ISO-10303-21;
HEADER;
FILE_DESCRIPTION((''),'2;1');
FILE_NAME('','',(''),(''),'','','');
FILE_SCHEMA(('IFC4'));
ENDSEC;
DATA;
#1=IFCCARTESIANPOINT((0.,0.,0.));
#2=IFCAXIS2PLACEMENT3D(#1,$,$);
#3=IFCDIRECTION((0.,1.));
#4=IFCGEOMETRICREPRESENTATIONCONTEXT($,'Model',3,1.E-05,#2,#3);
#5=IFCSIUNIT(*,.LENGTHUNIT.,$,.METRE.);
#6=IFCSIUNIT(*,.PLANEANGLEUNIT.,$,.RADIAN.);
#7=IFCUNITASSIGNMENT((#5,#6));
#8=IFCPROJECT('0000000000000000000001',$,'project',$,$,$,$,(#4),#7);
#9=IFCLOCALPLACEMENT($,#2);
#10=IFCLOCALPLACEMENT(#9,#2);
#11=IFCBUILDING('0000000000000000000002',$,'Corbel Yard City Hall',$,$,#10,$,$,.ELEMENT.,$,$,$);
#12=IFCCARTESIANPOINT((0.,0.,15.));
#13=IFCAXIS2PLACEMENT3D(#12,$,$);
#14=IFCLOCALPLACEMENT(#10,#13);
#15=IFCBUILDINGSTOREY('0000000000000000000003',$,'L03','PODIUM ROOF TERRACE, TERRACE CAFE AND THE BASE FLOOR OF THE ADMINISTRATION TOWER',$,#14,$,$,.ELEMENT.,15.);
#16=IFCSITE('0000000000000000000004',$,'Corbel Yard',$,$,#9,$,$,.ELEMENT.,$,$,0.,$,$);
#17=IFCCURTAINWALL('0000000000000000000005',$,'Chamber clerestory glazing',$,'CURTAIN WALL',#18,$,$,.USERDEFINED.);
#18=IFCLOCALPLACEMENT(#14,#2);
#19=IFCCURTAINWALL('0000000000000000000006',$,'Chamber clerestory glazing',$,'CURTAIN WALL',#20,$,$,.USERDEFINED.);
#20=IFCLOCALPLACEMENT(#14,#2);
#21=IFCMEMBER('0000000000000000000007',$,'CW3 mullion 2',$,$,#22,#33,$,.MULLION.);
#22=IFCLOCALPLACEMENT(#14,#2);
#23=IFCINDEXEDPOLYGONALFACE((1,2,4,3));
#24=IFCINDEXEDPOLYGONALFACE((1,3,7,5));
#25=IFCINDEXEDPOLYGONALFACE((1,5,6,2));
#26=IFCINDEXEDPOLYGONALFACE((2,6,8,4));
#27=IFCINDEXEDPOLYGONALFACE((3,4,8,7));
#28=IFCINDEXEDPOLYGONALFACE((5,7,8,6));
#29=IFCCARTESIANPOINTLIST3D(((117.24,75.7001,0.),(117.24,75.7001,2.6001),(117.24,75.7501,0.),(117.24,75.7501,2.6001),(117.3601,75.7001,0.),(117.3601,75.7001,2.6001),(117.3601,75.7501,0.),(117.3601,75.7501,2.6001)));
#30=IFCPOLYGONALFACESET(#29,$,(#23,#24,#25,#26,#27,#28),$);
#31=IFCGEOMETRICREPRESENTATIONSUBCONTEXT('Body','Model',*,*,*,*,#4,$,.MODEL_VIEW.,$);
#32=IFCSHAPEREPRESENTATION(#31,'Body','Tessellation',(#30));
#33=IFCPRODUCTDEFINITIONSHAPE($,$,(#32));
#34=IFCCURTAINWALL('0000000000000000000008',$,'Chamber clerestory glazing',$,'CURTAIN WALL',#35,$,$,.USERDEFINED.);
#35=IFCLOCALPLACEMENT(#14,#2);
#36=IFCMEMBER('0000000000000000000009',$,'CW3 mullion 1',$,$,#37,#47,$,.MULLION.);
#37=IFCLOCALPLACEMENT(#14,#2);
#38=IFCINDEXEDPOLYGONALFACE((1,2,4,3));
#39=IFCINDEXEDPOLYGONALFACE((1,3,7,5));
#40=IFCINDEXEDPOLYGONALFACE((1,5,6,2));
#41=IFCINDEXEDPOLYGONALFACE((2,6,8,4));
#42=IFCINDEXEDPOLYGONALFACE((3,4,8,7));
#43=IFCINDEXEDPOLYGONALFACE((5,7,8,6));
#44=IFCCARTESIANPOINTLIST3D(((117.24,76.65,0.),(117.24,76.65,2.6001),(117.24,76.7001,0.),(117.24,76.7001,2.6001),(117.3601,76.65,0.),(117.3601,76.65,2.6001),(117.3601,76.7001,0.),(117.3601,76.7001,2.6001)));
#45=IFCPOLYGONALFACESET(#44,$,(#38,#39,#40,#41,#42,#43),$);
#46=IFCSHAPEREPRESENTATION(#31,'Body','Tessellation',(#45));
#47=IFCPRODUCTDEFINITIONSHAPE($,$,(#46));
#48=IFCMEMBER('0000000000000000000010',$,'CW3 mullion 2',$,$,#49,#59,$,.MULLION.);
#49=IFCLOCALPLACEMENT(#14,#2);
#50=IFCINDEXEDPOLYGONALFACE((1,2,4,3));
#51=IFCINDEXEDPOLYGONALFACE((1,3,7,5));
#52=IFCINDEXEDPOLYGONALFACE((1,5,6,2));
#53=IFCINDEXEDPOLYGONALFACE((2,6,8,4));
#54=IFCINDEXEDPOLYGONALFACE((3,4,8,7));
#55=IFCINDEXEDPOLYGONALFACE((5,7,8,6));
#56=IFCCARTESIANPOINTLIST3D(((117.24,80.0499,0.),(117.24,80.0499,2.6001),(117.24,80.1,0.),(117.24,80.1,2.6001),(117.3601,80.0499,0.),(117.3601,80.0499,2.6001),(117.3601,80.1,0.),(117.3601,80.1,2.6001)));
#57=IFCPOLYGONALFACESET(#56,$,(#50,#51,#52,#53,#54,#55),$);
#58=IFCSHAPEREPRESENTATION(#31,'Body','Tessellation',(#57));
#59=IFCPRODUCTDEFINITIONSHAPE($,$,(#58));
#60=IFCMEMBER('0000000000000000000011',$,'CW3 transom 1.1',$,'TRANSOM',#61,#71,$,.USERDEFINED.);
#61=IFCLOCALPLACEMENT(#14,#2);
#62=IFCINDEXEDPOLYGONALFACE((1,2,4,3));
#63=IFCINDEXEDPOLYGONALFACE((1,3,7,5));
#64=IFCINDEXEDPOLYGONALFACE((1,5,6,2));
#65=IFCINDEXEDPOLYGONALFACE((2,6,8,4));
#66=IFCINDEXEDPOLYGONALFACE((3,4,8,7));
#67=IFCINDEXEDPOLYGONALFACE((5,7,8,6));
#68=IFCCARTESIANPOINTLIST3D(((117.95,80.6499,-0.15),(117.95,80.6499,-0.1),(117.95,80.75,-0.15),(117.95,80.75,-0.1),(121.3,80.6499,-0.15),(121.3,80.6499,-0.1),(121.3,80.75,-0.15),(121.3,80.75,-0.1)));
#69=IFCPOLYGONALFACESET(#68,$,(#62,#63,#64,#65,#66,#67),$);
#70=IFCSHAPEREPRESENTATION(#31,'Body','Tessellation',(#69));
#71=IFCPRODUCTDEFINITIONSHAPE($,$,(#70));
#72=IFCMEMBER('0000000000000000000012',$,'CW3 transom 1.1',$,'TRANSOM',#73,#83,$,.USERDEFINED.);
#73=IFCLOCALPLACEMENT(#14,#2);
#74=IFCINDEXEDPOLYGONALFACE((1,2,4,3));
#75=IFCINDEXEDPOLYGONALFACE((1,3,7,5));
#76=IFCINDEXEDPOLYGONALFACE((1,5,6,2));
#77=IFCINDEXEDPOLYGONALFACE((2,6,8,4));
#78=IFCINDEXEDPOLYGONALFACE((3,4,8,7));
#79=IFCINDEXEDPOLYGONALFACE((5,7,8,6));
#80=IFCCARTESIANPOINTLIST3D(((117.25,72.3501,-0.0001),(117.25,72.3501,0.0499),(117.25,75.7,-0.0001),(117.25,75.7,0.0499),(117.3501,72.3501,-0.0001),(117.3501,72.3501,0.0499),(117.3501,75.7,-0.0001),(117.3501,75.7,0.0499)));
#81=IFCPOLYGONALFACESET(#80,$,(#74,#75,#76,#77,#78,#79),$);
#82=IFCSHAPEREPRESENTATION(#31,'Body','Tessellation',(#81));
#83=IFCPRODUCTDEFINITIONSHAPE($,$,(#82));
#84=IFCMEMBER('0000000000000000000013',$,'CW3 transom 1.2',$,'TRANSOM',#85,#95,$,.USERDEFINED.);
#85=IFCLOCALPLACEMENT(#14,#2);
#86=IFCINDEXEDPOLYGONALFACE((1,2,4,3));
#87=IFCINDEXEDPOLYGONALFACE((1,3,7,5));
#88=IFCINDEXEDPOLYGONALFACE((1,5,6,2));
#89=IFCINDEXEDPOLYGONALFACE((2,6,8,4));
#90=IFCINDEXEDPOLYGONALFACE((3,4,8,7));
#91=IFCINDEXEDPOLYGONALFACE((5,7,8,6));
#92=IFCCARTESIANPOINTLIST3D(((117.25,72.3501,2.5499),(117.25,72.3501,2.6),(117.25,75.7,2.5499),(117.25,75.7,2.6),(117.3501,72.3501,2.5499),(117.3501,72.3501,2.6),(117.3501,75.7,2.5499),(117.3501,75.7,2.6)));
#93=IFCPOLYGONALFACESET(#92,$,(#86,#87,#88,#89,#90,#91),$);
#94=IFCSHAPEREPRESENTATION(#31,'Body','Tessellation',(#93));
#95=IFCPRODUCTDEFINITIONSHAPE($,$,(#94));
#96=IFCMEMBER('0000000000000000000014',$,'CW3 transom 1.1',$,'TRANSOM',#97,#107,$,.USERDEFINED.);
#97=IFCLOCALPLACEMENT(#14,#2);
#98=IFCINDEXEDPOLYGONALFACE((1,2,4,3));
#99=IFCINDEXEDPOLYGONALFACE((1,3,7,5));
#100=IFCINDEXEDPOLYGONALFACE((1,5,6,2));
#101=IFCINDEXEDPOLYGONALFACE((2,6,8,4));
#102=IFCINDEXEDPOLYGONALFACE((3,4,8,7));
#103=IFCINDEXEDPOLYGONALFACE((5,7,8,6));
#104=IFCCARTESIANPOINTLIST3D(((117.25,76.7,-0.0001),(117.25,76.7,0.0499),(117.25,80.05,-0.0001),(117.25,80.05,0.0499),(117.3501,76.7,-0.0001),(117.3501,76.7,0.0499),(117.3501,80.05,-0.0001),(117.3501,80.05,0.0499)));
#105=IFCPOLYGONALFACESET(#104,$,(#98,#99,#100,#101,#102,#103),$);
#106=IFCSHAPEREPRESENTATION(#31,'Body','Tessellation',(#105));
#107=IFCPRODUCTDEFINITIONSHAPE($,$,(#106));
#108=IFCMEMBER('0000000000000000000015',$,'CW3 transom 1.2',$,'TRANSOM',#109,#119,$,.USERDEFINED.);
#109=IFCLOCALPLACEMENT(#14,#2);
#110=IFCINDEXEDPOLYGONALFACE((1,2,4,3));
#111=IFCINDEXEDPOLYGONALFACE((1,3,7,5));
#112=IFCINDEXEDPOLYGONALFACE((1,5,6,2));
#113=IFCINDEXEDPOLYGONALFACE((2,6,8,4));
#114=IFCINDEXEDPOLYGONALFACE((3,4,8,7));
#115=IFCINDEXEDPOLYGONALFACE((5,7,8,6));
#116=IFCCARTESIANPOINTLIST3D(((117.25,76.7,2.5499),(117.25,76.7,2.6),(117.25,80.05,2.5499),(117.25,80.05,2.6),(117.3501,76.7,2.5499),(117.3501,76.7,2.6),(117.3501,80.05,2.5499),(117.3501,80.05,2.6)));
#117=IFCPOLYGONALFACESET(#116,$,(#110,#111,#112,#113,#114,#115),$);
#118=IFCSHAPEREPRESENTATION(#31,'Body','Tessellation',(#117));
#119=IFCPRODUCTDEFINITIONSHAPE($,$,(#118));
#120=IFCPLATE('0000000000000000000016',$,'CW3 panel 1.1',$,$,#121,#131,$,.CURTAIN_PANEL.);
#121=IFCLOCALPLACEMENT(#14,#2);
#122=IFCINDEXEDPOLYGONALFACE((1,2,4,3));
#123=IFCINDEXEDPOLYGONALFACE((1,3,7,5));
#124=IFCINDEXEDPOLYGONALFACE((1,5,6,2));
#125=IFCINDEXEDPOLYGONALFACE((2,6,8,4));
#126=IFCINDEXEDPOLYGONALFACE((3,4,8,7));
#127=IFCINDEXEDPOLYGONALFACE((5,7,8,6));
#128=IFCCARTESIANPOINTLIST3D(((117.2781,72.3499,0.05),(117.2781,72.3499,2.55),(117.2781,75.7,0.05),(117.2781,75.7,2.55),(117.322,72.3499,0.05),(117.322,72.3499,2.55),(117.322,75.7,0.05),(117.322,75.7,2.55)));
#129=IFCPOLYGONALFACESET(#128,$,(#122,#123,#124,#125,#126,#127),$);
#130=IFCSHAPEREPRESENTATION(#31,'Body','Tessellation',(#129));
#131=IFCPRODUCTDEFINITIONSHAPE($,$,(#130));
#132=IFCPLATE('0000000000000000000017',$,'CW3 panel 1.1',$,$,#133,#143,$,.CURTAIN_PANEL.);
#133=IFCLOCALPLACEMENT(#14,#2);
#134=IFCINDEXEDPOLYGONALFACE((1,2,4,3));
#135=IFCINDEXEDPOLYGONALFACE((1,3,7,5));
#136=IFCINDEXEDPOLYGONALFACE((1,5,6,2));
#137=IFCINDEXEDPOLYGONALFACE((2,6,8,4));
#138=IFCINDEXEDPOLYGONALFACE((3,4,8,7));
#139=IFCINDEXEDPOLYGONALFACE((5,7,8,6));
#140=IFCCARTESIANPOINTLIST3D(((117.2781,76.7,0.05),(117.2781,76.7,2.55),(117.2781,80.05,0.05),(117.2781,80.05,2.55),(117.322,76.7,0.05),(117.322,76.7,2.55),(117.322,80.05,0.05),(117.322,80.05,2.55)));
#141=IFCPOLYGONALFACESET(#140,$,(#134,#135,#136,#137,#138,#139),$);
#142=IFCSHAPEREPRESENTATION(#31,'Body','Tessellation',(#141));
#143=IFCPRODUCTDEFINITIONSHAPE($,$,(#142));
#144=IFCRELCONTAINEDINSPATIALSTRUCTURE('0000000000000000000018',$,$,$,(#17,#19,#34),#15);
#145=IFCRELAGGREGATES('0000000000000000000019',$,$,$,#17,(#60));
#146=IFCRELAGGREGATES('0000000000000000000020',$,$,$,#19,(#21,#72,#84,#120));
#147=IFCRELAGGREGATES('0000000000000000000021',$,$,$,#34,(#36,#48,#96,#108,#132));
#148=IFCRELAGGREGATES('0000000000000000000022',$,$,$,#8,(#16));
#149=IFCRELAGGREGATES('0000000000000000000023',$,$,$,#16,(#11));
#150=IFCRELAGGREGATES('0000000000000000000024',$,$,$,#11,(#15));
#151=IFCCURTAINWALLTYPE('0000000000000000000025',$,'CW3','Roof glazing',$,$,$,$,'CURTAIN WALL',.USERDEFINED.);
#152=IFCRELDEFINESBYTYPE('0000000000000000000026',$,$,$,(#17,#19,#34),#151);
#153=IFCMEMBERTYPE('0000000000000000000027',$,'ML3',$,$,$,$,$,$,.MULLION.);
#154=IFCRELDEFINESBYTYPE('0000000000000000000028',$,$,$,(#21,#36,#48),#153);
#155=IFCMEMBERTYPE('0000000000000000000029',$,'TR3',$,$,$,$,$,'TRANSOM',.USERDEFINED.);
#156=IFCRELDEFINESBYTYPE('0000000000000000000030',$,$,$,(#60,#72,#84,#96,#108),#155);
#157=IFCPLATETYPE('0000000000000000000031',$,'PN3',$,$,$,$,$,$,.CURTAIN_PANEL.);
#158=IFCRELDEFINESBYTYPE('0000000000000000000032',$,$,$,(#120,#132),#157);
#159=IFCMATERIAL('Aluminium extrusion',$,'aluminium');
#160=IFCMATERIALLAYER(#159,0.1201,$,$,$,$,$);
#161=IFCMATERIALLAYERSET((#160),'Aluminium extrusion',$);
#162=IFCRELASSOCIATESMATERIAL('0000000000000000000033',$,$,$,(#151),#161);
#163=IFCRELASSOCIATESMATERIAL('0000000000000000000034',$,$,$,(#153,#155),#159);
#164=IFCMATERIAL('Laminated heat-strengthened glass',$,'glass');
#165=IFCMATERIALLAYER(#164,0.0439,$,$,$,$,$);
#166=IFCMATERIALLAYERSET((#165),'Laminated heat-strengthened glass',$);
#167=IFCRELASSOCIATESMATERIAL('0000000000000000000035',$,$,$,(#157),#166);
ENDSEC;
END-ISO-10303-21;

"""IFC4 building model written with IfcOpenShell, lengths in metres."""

from ifc_helpers import new_model, si_unit, direction, frame, origin, origin_2d, place, context, subcontext, project, spatial, rectangle, extrude, material, layer, layer_set, material_profile, profile_set, type_object, element, aggregate, save


model = new_model("IFC4")

# Units and contexts
model_context = context("Model", 3, precision=1e-05, world=origin(), true_north=direction((0.0, 1.0)))
body_context = subcontext(model_context, "Body", "Model", "MODEL_VIEW")
ifc_project = project(units=[si_unit("LENGTHUNIT", "METRE"), si_unit("PLANEANGLEUNIT", "RADIAN")], contexts=[model_context])

# Site, building, storey
site_placement = place(None, origin())
site = spatial("IfcSite", under=ifc_project, at=site_placement, Name="Corbel Yard", CompositionType="ELEMENT", RefElevation=0.0)
building_placement = place(site_placement, origin())
building = spatial("IfcBuilding", under=site, at=building_placement, Name="Corbel Yard City Hall", CompositionType="ELEMENT")
storey_placement = place(building_placement, frame((0.0, 0.0, 15.0)))
storey = spatial("IfcBuildingStorey", under=building, at=storey_placement, Name="L03", Description="PODIUM ROOF TERRACE, TERRACE CAFE AND THE BASE FLOOR OF THE ADMINISTRATION TOWER", CompositionType="ELEMENT", Elevation=15.0)

# Curtain wall
ifc_material_1 = material(Name="Aluminium extrusion", Category="aluminium")
ifc_layer_1 = layer(ifc_material_1, 0.1201)
ifc_layer_set_1 = layer_set([ifc_layer_1], Name="Aluminium extrusion")
curtain_wall_type = type_object("IfcCurtainWallType", Name="CW3", Description="Roof glazing", ElementType="CURTAIN WALL", PredefinedType="USERDEFINED", material=ifc_layer_set_1)
curtain_wall_1_placement = place(storey_placement, origin())
curtain_wall_1 = element("IfcCurtainWall", 1, at=curtain_wall_1_placement, inside=storey, type_object=curtain_wall_type, Name="Chamber clerestory glazing", ObjectType="CURTAIN WALL", PredefinedType="USERDEFINED")
ifc_material_profile_1 = material_profile(ifc_material_1, rectangle(XDim=0.1201, YDim=0.05, at=origin_2d()), Name="120x50")
ifc_profile_set_1 = profile_set([ifc_material_profile_1], Name="Aluminium extrusion")
member_type_1 = type_object("IfcMemberType", Name="ML3", PredefinedType="MULLION", material=ifc_profile_set_1)

# Curtain walls, members
curtain_wall_2_placement = place(storey_placement, origin())
curtain_wall_2 = element("IfcCurtainWall", 2, at=curtain_wall_2_placement, inside=storey, type_object=curtain_wall_type, Name="Chamber clerestory glazing", ObjectType="CURTAIN WALL", PredefinedType="USERDEFINED")
member_1_placement = place(storey_placement, frame((117.3, 75.7251, 0.0), z_axis=(0.0, 0.0, 1.0), x_axis=(-1.0, 0.0, 0.0)))
member_1 = element("IfcMember", 3, at=member_1_placement, type_object=member_type_1, Name="CW3 mullion 2", PredefinedType="MULLION", context=body_context, shape_type="SweptSolid", body=[
    extrude(rectangle(XDim=0.1201, YDim=0.05, at=origin_2d()), origin(), (0.0, 0.0, 1.0), 2.6001),
])
curtain_wall_3_placement = place(storey_placement, origin())
curtain_wall_3 = element("IfcCurtainWall", 4, at=curtain_wall_3_placement, inside=storey, type_object=curtain_wall_type, Name="Chamber clerestory glazing", ObjectType="CURTAIN WALL", PredefinedType="USERDEFINED")
member_2_placement = place(storey_placement, frame((117.3, 76.675, 0.0), z_axis=(0.0, 0.0, 1.0), x_axis=(-1.0, 0.0, 0.0)))
member_2 = element("IfcMember", 5, at=member_2_placement, type_object=member_type_1, Name="CW3 mullion 1", PredefinedType="MULLION", context=body_context, shape_type="SweptSolid", body=[
    extrude(rectangle(XDim=0.1201, YDim=0.05, at=origin_2d()), origin(), (0.0, 0.0, 1.0), 2.6001),
])
member_3_placement = place(storey_placement, frame((117.3, 80.075, 0.0), z_axis=(0.0, 0.0, 1.0), x_axis=(-1.0, 0.0, 0.0)))
member_3 = element("IfcMember", 6, at=member_3_placement, type_object=member_type_1, Name="CW3 mullion 2", PredefinedType="MULLION", context=body_context, shape_type="SweptSolid", body=[
    extrude(rectangle(XDim=0.1201, YDim=0.05, at=origin_2d()), origin(), (0.0, 0.0, 1.0), 2.6001),
])

# Members
ifc_material_profile_2 = material_profile(ifc_material_1, rectangle(XDim=0.1001, YDim=0.05, at=origin_2d()), Name="100x50")
ifc_profile_set_2 = profile_set([ifc_material_profile_2], Name="Aluminium extrusion")
member_type_2 = type_object("IfcMemberType", Name="TR3", ElementType="TRANSOM", PredefinedType="USERDEFINED", material=ifc_profile_set_2)
member_4_placement = place(storey_placement, frame((117.95, 80.7, -0.125), z_axis=(1.0, 0.0, 0.0), x_axis=(0.0, 1.0, 0.0)))
member_4 = element("IfcMember", 7, at=member_4_placement, type_object=member_type_2, Name="CW3 transom 1.1", ObjectType="TRANSOM", PredefinedType="USERDEFINED", context=body_context, shape_type="SweptSolid", body=[
    extrude(rectangle(XDim=0.1001, YDim=0.05, at=origin_2d()), origin(), (0.0, 0.0, 1.0), 3.3501),
])
aggregate(curtain_wall_1, [member_4])
member_5_placement = place(storey_placement, frame((117.3, 72.3501, 0.0249), z_axis=(0.0, 1.0, 0.0), x_axis=(-1.0, 0.0, 0.0)))
member_5 = element("IfcMember", 8, at=member_5_placement, type_object=member_type_2, Name="CW3 transom 1.1", ObjectType="TRANSOM", PredefinedType="USERDEFINED", context=body_context, shape_type="SweptSolid", body=[
    extrude(rectangle(XDim=0.1001, YDim=0.05, at=origin_2d()), origin(), (0.0, 0.0, 1.0), 3.3499),
])
member_6_placement = place(storey_placement, frame((117.3, 72.3501, 2.575), z_axis=(0.0, 1.0, 0.0), x_axis=(-1.0, 0.0, 0.0)))
member_6 = element("IfcMember", 9, at=member_6_placement, type_object=member_type_2, Name="CW3 transom 1.2", ObjectType="TRANSOM", PredefinedType="USERDEFINED", context=body_context, shape_type="SweptSolid", body=[
    extrude(rectangle(XDim=0.1001, YDim=0.05, at=origin_2d()), origin(), (0.0, 0.0, 1.0), 3.3499),
])
member_7_placement = place(storey_placement, frame((117.3, 76.7, 0.0249), z_axis=(0.0, 1.0, 0.0), x_axis=(-1.0, 0.0, 0.0)))
member_7 = element("IfcMember", 10, at=member_7_placement, type_object=member_type_2, Name="CW3 transom 1.1", ObjectType="TRANSOM", PredefinedType="USERDEFINED", context=body_context, shape_type="SweptSolid", body=[
    extrude(rectangle(XDim=0.1001, YDim=0.05, at=origin_2d()), origin(), (0.0, 0.0, 1.0), 3.3501),
])
member_8_placement = place(storey_placement, frame((117.3, 76.7, 2.575), z_axis=(0.0, 1.0, 0.0), x_axis=(-1.0, 0.0, 0.0)))
member_8 = element("IfcMember", 11, at=member_8_placement, type_object=member_type_2, Name="CW3 transom 1.2", ObjectType="TRANSOM", PredefinedType="USERDEFINED", context=body_context, shape_type="SweptSolid", body=[
    extrude(rectangle(XDim=0.1001, YDim=0.05, at=origin_2d()), origin(), (0.0, 0.0, 1.0), 3.3501),
])

# Plates
ifc_material_2 = material(Name="Laminated heat-strengthened glass", Category="glass")
ifc_layer_2 = layer(ifc_material_2, 0.0439)
ifc_layer_set_2 = layer_set([ifc_layer_2], Name="Laminated heat-strengthened glass")
plate_type = type_object("IfcPlateType", Name="PN3", PredefinedType="CURTAIN_PANEL", material=ifc_layer_set_2)
plate_1_placement = place(storey_placement, frame((117.3, 74.0249, 0.05), z_axis=(0.0, 0.0, 1.0), x_axis=(0.0, 1.0, 0.0)))
plate_1 = element("IfcPlate", 12, at=plate_1_placement, type_object=plate_type, Name="CW3 panel 1.1", PredefinedType="CURTAIN_PANEL", context=body_context, shape_type="SweptSolid", body=[
    extrude(rectangle(XDim=3.3501, YDim=0.0439, at=origin_2d()), origin(), (0.0, 0.0, 1.0), 2.5),
])
aggregate(curtain_wall_2, [member_1, member_5, member_6, plate_1])
plate_2_placement = place(storey_placement, frame((117.3, 78.375, 0.05), z_axis=(0.0, 0.0, 1.0), x_axis=(0.0, 1.0, 0.0)))
plate_2 = element("IfcPlate", 13, at=plate_2_placement, type_object=plate_type, Name="CW3 panel 1.1", PredefinedType="CURTAIN_PANEL", context=body_context, shape_type="SweptSolid", body=[
    extrude(rectangle(XDim=3.3501, YDim=0.0439, at=origin_2d()), origin(), (0.0, 0.0, 1.0), 2.5),
])
aggregate(curtain_wall_3, [member_2, member_3, member_7, member_8, plate_2])

save(model, "model.ifc")
